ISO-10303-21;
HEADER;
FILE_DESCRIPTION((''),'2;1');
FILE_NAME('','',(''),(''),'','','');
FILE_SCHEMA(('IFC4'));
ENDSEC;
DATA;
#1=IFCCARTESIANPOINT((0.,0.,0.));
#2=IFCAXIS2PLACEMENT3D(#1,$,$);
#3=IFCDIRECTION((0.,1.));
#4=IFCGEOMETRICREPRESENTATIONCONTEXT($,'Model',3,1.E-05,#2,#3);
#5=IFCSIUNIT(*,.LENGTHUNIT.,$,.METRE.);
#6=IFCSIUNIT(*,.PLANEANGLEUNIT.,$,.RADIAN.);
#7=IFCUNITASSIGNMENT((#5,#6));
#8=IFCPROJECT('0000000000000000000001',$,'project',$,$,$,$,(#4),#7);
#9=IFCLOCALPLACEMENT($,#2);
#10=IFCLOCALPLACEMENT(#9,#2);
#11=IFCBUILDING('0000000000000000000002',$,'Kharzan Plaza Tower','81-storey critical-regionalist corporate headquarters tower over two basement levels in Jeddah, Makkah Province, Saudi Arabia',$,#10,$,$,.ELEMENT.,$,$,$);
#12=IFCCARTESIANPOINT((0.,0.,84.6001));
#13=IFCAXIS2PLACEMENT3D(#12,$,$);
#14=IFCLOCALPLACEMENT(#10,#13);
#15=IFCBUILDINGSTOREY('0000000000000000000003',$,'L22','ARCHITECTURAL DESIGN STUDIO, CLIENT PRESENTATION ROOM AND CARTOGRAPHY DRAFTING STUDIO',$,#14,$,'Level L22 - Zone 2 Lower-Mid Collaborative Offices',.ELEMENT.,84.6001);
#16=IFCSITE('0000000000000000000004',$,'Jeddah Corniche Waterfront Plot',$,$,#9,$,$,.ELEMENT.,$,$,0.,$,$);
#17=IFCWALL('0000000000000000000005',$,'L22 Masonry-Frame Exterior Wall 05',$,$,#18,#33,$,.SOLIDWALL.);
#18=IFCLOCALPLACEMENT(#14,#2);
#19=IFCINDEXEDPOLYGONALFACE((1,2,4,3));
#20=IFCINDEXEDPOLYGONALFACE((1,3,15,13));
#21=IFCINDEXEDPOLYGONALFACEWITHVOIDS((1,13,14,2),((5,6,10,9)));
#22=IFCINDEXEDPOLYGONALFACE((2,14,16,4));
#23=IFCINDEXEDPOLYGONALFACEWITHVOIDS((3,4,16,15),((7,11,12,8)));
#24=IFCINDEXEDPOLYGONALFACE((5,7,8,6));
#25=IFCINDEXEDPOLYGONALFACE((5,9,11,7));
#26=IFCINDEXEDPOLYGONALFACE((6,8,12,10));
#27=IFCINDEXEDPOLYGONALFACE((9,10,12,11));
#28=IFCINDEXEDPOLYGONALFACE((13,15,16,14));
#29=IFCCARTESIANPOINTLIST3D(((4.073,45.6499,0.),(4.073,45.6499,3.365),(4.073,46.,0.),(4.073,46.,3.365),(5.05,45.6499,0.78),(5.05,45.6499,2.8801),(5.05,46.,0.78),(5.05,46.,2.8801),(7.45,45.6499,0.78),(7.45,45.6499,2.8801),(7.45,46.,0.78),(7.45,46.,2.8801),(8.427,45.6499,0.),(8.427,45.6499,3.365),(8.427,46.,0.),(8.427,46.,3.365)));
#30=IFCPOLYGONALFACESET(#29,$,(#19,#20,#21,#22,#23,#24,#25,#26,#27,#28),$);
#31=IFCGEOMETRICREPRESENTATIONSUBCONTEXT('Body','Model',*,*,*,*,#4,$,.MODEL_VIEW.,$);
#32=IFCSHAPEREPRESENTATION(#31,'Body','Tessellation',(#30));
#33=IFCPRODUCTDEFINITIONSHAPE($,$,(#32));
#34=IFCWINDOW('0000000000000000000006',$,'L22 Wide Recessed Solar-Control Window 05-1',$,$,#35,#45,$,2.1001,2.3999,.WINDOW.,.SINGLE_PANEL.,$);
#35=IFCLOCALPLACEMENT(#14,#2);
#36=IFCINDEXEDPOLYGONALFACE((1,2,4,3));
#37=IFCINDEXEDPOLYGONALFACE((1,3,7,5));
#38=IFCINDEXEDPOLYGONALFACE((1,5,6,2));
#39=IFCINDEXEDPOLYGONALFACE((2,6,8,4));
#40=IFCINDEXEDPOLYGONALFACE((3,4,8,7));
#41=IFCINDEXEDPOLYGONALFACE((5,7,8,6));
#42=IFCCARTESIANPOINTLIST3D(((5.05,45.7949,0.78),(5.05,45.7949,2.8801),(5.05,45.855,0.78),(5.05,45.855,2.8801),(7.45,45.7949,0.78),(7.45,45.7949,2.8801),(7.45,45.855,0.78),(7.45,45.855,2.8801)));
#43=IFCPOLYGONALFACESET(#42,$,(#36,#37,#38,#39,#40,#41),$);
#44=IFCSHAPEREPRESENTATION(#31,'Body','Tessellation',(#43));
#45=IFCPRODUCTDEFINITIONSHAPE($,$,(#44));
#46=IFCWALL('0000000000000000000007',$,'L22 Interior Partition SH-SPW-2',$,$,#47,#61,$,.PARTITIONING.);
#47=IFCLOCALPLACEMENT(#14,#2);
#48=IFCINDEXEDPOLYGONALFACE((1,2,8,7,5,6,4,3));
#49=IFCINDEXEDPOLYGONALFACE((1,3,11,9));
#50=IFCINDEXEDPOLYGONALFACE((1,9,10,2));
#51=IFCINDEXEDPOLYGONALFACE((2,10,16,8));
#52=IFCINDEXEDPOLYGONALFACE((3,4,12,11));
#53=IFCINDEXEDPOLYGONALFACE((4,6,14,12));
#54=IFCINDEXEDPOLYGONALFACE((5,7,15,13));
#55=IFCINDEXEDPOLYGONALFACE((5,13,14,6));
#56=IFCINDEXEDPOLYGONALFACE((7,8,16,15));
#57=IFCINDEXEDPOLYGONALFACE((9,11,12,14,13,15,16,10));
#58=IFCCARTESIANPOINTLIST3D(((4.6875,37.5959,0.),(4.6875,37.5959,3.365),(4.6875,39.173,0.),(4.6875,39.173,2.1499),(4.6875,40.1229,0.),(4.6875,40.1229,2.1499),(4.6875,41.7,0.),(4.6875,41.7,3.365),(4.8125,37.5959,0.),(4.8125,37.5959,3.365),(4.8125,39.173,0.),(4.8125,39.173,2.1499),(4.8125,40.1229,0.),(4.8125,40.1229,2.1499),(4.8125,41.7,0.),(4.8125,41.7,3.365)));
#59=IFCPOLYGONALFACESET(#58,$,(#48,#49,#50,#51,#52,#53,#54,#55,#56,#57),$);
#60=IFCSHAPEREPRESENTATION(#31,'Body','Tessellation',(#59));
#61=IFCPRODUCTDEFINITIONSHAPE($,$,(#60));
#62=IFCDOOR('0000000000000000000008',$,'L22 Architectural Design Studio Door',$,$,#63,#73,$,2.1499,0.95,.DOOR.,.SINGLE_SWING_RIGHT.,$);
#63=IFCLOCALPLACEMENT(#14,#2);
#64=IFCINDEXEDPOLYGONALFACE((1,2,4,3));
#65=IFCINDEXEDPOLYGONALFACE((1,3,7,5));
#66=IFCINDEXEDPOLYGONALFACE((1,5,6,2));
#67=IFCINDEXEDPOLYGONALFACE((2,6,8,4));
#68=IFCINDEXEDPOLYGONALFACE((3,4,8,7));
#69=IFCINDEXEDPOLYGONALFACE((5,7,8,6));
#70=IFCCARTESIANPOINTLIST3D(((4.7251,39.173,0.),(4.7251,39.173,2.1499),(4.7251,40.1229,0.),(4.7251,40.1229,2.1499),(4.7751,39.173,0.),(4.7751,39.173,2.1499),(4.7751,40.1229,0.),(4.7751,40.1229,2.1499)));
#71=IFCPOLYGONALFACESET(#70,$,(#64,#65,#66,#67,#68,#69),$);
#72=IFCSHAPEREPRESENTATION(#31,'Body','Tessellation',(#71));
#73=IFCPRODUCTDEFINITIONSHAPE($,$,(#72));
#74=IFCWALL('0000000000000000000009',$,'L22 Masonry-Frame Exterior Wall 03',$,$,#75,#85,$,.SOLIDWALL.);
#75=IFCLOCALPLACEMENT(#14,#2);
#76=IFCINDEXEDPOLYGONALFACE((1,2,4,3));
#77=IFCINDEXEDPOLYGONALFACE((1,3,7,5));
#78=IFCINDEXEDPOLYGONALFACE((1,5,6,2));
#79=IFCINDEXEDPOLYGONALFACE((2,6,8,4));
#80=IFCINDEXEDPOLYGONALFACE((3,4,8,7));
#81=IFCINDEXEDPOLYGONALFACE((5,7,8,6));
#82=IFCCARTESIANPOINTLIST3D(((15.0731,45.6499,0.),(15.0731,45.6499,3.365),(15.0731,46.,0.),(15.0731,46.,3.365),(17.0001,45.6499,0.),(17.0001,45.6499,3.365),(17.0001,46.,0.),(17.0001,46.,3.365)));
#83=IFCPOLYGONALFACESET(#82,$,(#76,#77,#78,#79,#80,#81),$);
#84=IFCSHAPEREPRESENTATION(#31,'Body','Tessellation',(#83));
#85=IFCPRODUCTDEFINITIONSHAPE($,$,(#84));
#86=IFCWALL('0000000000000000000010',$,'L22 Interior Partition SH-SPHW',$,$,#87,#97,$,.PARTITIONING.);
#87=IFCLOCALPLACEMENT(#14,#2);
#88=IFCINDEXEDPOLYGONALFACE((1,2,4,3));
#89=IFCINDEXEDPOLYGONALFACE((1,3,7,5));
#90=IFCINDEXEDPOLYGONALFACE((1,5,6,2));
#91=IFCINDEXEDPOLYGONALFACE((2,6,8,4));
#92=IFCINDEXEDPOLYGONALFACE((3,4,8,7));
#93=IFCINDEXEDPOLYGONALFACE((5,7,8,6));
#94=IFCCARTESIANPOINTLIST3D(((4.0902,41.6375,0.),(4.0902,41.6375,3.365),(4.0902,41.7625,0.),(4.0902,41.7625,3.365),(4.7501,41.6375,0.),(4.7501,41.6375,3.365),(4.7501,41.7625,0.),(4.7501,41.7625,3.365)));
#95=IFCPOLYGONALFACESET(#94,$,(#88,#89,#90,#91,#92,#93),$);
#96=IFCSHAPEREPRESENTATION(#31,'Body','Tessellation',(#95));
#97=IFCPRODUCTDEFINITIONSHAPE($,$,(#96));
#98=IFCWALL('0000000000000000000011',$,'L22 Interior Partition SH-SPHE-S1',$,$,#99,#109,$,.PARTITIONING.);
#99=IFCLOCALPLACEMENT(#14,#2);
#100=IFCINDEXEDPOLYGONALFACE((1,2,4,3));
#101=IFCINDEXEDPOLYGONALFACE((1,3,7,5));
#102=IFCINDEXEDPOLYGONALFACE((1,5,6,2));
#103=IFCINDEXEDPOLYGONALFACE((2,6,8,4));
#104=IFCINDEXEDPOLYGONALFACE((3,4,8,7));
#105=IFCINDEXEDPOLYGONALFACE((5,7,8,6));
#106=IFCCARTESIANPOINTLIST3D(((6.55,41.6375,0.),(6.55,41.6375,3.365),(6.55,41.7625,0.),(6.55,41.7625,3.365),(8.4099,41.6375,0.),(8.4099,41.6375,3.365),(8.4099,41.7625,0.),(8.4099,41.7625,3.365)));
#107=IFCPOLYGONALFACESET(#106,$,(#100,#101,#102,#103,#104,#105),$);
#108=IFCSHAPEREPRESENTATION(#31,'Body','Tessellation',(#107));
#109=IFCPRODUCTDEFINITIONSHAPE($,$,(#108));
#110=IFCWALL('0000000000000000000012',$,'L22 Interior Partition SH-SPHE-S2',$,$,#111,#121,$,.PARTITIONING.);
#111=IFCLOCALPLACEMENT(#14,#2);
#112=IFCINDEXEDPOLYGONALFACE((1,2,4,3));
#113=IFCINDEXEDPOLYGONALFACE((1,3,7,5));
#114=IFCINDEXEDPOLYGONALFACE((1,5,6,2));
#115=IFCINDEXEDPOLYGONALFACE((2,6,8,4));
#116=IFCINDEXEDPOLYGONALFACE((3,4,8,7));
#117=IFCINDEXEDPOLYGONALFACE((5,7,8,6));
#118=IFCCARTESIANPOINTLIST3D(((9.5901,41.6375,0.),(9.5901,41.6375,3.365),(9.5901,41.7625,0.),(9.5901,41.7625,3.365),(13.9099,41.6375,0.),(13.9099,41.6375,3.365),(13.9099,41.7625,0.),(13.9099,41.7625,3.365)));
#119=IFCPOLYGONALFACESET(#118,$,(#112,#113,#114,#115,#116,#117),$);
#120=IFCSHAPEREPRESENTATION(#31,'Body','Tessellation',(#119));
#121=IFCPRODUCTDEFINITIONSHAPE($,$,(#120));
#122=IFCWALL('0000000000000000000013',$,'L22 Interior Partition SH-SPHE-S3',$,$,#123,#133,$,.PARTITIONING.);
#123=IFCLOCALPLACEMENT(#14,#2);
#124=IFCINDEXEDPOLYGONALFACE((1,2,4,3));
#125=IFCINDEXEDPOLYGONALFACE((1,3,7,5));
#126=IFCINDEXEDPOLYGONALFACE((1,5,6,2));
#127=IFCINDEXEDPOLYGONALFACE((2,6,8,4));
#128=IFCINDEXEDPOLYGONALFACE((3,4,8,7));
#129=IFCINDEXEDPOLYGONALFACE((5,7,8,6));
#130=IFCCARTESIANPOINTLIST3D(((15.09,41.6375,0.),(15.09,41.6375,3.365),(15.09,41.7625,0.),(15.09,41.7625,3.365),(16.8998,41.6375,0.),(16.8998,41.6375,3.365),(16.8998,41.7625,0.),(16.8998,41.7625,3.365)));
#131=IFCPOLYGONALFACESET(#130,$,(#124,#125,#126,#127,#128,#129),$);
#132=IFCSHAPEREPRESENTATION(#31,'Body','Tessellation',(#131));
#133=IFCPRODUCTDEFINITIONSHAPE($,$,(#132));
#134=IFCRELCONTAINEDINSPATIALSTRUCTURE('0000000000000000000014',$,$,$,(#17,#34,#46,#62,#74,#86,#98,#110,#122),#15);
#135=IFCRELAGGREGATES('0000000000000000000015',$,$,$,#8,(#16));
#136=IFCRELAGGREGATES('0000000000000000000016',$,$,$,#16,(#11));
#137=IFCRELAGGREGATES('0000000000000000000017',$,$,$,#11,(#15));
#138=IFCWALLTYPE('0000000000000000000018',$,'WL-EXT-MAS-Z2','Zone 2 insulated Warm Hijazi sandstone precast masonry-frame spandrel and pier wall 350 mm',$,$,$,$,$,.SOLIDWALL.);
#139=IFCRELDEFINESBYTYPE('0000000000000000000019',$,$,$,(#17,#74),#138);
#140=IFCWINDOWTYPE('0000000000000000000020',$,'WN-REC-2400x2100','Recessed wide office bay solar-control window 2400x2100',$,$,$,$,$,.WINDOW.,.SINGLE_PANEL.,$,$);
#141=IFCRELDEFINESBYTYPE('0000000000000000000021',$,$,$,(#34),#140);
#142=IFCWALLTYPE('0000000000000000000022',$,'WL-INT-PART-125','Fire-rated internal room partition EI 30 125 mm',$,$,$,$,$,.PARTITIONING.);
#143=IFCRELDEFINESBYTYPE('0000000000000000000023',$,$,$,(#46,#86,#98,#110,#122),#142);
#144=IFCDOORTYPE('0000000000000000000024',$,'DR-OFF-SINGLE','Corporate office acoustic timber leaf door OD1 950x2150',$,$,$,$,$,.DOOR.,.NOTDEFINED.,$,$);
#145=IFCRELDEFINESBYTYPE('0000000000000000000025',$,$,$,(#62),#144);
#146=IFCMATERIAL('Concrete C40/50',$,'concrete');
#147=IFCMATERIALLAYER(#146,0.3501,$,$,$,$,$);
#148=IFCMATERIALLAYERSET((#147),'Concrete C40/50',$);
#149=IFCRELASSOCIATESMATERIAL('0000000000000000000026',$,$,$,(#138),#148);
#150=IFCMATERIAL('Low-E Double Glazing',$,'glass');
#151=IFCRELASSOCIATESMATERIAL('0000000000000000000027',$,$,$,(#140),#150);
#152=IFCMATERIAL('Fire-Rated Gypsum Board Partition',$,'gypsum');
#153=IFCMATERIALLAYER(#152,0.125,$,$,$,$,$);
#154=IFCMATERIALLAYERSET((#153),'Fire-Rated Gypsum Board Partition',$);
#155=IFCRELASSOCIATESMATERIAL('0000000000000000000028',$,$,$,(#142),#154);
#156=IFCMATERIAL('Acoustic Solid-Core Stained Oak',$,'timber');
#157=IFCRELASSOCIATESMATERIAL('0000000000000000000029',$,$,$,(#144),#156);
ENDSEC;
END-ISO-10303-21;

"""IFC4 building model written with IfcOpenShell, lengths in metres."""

from ifc_helpers import new_model, si_unit, direction, frame, frame_2d, origin, place, context, subcontext, project, spatial, rectangle, extrude, source, transform, mapped, material, layer, layer_set, type_object, element, fill, save


model = new_model("IFC4")

# Units and contexts
model_context = context("Model", 3, precision=1e-05, world=origin(), true_north=direction((0.0, 1.0)))
body_context = subcontext(model_context, "Body", "Model", "MODEL_VIEW")
ifc_project = project(units=[si_unit("LENGTHUNIT", "METRE"), si_unit("PLANEANGLEUNIT", "RADIAN")], contexts=[model_context])

# Site, building, storey
site_placement = place(None, origin())
site = spatial("IfcSite", under=ifc_project, at=site_placement, Name="Jeddah Corniche Waterfront Plot", CompositionType="ELEMENT", RefElevation=0.0)
building_placement = place(site_placement, origin())
building = spatial("IfcBuilding", under=site, at=building_placement, Name="Kharzan Plaza Tower", Description="81-storey critical-regionalist corporate headquarters tower over two basement levels in Jeddah, Makkah Province, Saudi Arabia", CompositionType="ELEMENT")
storey_placement = place(building_placement, frame((0.0, 0.0, 84.6001)))
storey = spatial("IfcBuildingStorey", under=building, at=storey_placement, Name="L22", Description="ARCHITECTURAL DESIGN STUDIO, CLIENT PRESENTATION ROOM AND CARTOGRAPHY DRAFTING STUDIO", LongName="Level L22 - Zone 2 Lower-Mid Collaborative Offices", CompositionType="ELEMENT", Elevation=84.6001)

# Wall, opening, window
ifc_material_1 = material(Name="Concrete C40/50", Category="concrete")
ifc_layer_1 = layer(ifc_material_1, 0.3501)
ifc_layer_set_1 = layer_set([ifc_layer_1], Name="Concrete C40/50")
wall_type_1 = type_object("IfcWallType", Name="WL-EXT-MAS-Z2", Description="Zone 2 insulated Warm Hijazi sandstone precast masonry-frame spandrel and pier wall 350 mm", PredefinedType="SOLIDWALL", material=ifc_layer_set_1)
ifc_material_2 = material(Name="Low-E Double Glazing", Category="glass")
window_type_1 = type_object("IfcWindowType", Name="WN-REC-2400x2100", Description="Recessed wide office bay solar-control window 2400x2100", PartitioningType="SINGLE_PANEL", PredefinedType="WINDOW", material=ifc_material_2)
shared_shape_1 = source(origin(), body_context, "Body", "SweptSolid", [
    extrude(rectangle(XDim=2.3999, YDim=2.1001, at=frame_2d((1.2, 1.05))), frame((0.0, 0.03, 0.0), z_axis=(0.0, -1.0, 0.0), x_axis=(1.0, 0.0, 0.0)), (0.0, 0.0, 1.0), 0.0601),
])
wall_1_placement = place(storey_placement, frame((8.427, 45.825, 0.0), z_axis=(0.0, 0.0, 1.0), x_axis=(-1.0, 0.0, 0.0)))
wall_1 = element("IfcWall", 1, at=wall_1_placement, inside=storey, type_object=wall_type_1, Name="L22 Masonry-Frame Exterior Wall 05", PredefinedType="SOLIDWALL", context=body_context, shape_type="SweptSolid", body=[
    extrude(rectangle(XDim=4.354, YDim=0.3501, at=frame_2d((2.177, 0.0))), origin(), (0.0, 0.0, 1.0), 3.365),
])
opening_1_placement = place(wall_1_placement, frame((0.9771, 0.0, 0.78)))
opening_1 = element("IfcOpeningElement", 2, at=opening_1_placement, cuts=wall_1, PredefinedType="OPENING", context=body_context, shape_type="SweptSolid", body=[
    extrude(rectangle(XDim=2.3999, YDim=2.1001, at=frame_2d((1.2, 1.05))), frame((0.0, 0.1851, 0.0), z_axis=(0.0, -1.0, 0.0), x_axis=(1.0, 0.0, 0.0)), (0.0, 0.0, 1.0), 0.3701),
])
window_1_placement = place(opening_1_placement, origin())
window_1 = element("IfcWindow", 3, at=window_1_placement, inside=storey, type_object=window_type_1, Name="L22 Wide Recessed Solar-Control Window 05-1", OverallHeight=2.1001, OverallWidth=2.3999, PartitioningType="SINGLE_PANEL", PredefinedType="WINDOW", context=body_context, shape_type="MappedRepresentation", body=[
    mapped(shared_shape_1, transform((0.0, 0.0, 0.0), x_axis=(1.0, 0.0, 0.0), y_axis=(0.0, 1.0, 0.0), z_axis=(0.0, 0.0, 1.0))),
])
fill(opening_1, window_1)

# Wall, opening, door
ifc_material_3 = material(Name="Fire-Rated Gypsum Board Partition", Category="gypsum")
ifc_layer_2 = layer(ifc_material_3, 0.125)
ifc_layer_set_2 = layer_set([ifc_layer_2], Name="Fire-Rated Gypsum Board Partition")
wall_type_2 = type_object("IfcWallType", Name="WL-INT-PART-125", Description="Fire-rated internal room partition EI 30 125 mm", PredefinedType="PARTITIONING", material=ifc_layer_set_2)
ifc_material_4 = material(Name="Acoustic Solid-Core Stained Oak", Category="timber")
door_type = type_object("IfcDoorType", Name="DR-OFF-SINGLE", Description="Corporate office acoustic timber leaf door OD1 950x2150", OperationType="NOTDEFINED", PredefinedType="DOOR", material=ifc_material_4)
shared_shape_2 = source(origin(), body_context, "Body", "SweptSolid", [
    extrude(rectangle(XDim=0.95, YDim=2.1499, at=frame_2d((0.4751, 1.075))), frame((0.0, 0.0249, 0.0), z_axis=(0.0, -1.0, 0.0), x_axis=(1.0, 0.0, 0.0)), (0.0, 0.0, 1.0), 0.05),
])
wall_2_placement = place(storey_placement, frame((4.75, 37.5959, 0.0), z_axis=(0.0, 0.0, 1.0), x_axis=(0.0, 1.0, 0.0)))
wall_2 = element("IfcWall", 4, at=wall_2_placement, inside=storey, type_object=wall_type_2, Name="L22 Interior Partition SH-SPW-2", PredefinedType="PARTITIONING", context=body_context, shape_type="SweptSolid", body=[
    extrude(rectangle(XDim=4.104, YDim=0.125, at=frame_2d((2.052, 0.0))), origin(), (0.0, 0.0, 1.0), 3.365),
])
opening_2_placement = place(wall_2_placement, frame((1.5769, 0.0, 0.0)))
opening_2 = element("IfcOpeningElement", 5, at=opening_2_placement, cuts=wall_2, PredefinedType="OPENING", context=body_context, shape_type="SweptSolid", body=[
    extrude(rectangle(XDim=0.95, YDim=2.1499, at=frame_2d((0.4751, 1.075))), frame((0.0, 0.0725, 0.0), z_axis=(0.0, -1.0, 0.0), x_axis=(1.0, 0.0, 0.0)), (0.0, 0.0, 1.0), 0.145),
])
door_1_placement = place(opening_2_placement, origin())
door_1 = element("IfcDoor", 6, at=door_1_placement, inside=storey, type_object=door_type, Name="L22 Architectural Design Studio Door", OperationType="SINGLE_SWING_RIGHT", OverallHeight=2.1499, OverallWidth=0.95, PredefinedType="DOOR", context=body_context, shape_type="MappedRepresentation", body=[
    mapped(shared_shape_2, transform((0.0, 0.0, 0.0), x_axis=(1.0, 0.0, 0.0), y_axis=(0.0, 1.0, 0.0), z_axis=(0.0, 0.0, 1.0))),
])
fill(opening_2, door_1)

# Walls
shared_shape_3 = source(origin(), body_context, "Body", "SweptSolid", [
    extrude(rectangle(XDim=1.927, YDim=0.3501, at=frame_2d((0.9634, 0.0))), origin(), (0.0, 0.0, 1.0), 3.365),
])
wall_3_placement = place(storey_placement, frame((17.0, 45.825, 0.0), z_axis=(0.0, 0.0, 1.0), x_axis=(-1.0, 0.0, 0.0)))
element("IfcWall", 7, at=wall_3_placement, inside=storey, type_object=wall_type_1, Name="L22 Masonry-Frame Exterior Wall 03", PredefinedType="SOLIDWALL", context=body_context, shape_type="MappedRepresentation", body=[
    mapped(shared_shape_3, transform((0.0, 0.0, 0.0), x_axis=(1.0, 0.0, 0.0), y_axis=(0.0, 1.0, 0.0), z_axis=(0.0, 0.0, 1.0))),
])
shared_shape_4 = source(origin(), body_context, "Body", "SweptSolid", [
    extrude(rectangle(XDim=0.6599, YDim=0.125, at=frame_2d((0.3301, 0.0))), origin(), (0.0, 0.0, 1.0), 3.365),
])
wall_4_placement = place(storey_placement, frame((4.0901, 41.7, 0.0), z_axis=(0.0, 0.0, 1.0), x_axis=(1.0, 0.0, 0.0)))
element("IfcWall", 8, at=wall_4_placement, inside=storey, type_object=wall_type_2, Name="L22 Interior Partition SH-SPHW", PredefinedType="PARTITIONING", context=body_context, shape_type="MappedRepresentation", body=[
    mapped(shared_shape_4, transform((0.0, 0.0, 0.0), x_axis=(1.0, 0.0, 0.0), y_axis=(0.0, 1.0, 0.0), z_axis=(0.0, 0.0, 1.0))),
])
shared_shape_5 = source(origin(), body_context, "Body", "SweptSolid", [
    extrude(rectangle(XDim=1.8599, YDim=0.125, at=frame_2d((0.9299, 0.0))), origin(), (0.0, 0.0, 1.0), 3.365),
])
wall_5_placement = place(storey_placement, frame((6.55, 41.7, 0.0), z_axis=(0.0, 0.0, 1.0), x_axis=(1.0, 0.0, 0.0)))
element("IfcWall", 9, at=wall_5_placement, inside=storey, type_object=wall_type_2, Name="L22 Interior Partition SH-SPHE-S1", PredefinedType="PARTITIONING", context=body_context, shape_type="MappedRepresentation", body=[
    mapped(shared_shape_5, transform((0.0, 0.0, 0.0), x_axis=(1.0, 0.0, 0.0), y_axis=(0.0, 1.0, 0.0), z_axis=(0.0, 0.0, 1.0))),
])
shared_shape_6 = source(origin(), body_context, "Body", "SweptSolid", [
    extrude(rectangle(XDim=4.3198, YDim=0.125, at=frame_2d((2.1599, 0.0))), origin(), (0.0, 0.0, 1.0), 3.365),
])
wall_6_placement = place(storey_placement, frame((9.5901, 41.7, 0.0), z_axis=(0.0, 0.0, 1.0), x_axis=(1.0, 0.0, 0.0)))
element("IfcWall", 10, at=wall_6_placement, inside=storey, type_object=wall_type_2, Name="L22 Interior Partition SH-SPHE-S2", PredefinedType="PARTITIONING", context=body_context, shape_type="MappedRepresentation", body=[
    mapped(shared_shape_6, transform((0.0, 0.0, 0.0), x_axis=(1.0, 0.0, 0.0), y_axis=(0.0, 1.0, 0.0), z_axis=(0.0, 0.0, 1.0))),
])
shared_shape_7 = source(origin(), body_context, "Body", "SweptSolid", [
    extrude(rectangle(XDim=1.8098, YDim=0.125, at=frame_2d((0.9048, 0.0))), origin(), (0.0, 0.0, 1.0), 3.365),
])
wall_7_placement = place(storey_placement, frame((15.0901, 41.7, 0.0), z_axis=(0.0, 0.0, 1.0), x_axis=(1.0, 0.0, 0.0)))
element("IfcWall", 11, at=wall_7_placement, inside=storey, type_object=wall_type_2, Name="L22 Interior Partition SH-SPHE-S3", PredefinedType="PARTITIONING", context=body_context, shape_type="MappedRepresentation", body=[
    mapped(shared_shape_7, transform((0.0, 0.0, 0.0), x_axis=(1.0, 0.0, 0.0), y_axis=(0.0, 1.0, 0.0), z_axis=(0.0, 0.0, 1.0))),
])

save(model, "model.ifc")
